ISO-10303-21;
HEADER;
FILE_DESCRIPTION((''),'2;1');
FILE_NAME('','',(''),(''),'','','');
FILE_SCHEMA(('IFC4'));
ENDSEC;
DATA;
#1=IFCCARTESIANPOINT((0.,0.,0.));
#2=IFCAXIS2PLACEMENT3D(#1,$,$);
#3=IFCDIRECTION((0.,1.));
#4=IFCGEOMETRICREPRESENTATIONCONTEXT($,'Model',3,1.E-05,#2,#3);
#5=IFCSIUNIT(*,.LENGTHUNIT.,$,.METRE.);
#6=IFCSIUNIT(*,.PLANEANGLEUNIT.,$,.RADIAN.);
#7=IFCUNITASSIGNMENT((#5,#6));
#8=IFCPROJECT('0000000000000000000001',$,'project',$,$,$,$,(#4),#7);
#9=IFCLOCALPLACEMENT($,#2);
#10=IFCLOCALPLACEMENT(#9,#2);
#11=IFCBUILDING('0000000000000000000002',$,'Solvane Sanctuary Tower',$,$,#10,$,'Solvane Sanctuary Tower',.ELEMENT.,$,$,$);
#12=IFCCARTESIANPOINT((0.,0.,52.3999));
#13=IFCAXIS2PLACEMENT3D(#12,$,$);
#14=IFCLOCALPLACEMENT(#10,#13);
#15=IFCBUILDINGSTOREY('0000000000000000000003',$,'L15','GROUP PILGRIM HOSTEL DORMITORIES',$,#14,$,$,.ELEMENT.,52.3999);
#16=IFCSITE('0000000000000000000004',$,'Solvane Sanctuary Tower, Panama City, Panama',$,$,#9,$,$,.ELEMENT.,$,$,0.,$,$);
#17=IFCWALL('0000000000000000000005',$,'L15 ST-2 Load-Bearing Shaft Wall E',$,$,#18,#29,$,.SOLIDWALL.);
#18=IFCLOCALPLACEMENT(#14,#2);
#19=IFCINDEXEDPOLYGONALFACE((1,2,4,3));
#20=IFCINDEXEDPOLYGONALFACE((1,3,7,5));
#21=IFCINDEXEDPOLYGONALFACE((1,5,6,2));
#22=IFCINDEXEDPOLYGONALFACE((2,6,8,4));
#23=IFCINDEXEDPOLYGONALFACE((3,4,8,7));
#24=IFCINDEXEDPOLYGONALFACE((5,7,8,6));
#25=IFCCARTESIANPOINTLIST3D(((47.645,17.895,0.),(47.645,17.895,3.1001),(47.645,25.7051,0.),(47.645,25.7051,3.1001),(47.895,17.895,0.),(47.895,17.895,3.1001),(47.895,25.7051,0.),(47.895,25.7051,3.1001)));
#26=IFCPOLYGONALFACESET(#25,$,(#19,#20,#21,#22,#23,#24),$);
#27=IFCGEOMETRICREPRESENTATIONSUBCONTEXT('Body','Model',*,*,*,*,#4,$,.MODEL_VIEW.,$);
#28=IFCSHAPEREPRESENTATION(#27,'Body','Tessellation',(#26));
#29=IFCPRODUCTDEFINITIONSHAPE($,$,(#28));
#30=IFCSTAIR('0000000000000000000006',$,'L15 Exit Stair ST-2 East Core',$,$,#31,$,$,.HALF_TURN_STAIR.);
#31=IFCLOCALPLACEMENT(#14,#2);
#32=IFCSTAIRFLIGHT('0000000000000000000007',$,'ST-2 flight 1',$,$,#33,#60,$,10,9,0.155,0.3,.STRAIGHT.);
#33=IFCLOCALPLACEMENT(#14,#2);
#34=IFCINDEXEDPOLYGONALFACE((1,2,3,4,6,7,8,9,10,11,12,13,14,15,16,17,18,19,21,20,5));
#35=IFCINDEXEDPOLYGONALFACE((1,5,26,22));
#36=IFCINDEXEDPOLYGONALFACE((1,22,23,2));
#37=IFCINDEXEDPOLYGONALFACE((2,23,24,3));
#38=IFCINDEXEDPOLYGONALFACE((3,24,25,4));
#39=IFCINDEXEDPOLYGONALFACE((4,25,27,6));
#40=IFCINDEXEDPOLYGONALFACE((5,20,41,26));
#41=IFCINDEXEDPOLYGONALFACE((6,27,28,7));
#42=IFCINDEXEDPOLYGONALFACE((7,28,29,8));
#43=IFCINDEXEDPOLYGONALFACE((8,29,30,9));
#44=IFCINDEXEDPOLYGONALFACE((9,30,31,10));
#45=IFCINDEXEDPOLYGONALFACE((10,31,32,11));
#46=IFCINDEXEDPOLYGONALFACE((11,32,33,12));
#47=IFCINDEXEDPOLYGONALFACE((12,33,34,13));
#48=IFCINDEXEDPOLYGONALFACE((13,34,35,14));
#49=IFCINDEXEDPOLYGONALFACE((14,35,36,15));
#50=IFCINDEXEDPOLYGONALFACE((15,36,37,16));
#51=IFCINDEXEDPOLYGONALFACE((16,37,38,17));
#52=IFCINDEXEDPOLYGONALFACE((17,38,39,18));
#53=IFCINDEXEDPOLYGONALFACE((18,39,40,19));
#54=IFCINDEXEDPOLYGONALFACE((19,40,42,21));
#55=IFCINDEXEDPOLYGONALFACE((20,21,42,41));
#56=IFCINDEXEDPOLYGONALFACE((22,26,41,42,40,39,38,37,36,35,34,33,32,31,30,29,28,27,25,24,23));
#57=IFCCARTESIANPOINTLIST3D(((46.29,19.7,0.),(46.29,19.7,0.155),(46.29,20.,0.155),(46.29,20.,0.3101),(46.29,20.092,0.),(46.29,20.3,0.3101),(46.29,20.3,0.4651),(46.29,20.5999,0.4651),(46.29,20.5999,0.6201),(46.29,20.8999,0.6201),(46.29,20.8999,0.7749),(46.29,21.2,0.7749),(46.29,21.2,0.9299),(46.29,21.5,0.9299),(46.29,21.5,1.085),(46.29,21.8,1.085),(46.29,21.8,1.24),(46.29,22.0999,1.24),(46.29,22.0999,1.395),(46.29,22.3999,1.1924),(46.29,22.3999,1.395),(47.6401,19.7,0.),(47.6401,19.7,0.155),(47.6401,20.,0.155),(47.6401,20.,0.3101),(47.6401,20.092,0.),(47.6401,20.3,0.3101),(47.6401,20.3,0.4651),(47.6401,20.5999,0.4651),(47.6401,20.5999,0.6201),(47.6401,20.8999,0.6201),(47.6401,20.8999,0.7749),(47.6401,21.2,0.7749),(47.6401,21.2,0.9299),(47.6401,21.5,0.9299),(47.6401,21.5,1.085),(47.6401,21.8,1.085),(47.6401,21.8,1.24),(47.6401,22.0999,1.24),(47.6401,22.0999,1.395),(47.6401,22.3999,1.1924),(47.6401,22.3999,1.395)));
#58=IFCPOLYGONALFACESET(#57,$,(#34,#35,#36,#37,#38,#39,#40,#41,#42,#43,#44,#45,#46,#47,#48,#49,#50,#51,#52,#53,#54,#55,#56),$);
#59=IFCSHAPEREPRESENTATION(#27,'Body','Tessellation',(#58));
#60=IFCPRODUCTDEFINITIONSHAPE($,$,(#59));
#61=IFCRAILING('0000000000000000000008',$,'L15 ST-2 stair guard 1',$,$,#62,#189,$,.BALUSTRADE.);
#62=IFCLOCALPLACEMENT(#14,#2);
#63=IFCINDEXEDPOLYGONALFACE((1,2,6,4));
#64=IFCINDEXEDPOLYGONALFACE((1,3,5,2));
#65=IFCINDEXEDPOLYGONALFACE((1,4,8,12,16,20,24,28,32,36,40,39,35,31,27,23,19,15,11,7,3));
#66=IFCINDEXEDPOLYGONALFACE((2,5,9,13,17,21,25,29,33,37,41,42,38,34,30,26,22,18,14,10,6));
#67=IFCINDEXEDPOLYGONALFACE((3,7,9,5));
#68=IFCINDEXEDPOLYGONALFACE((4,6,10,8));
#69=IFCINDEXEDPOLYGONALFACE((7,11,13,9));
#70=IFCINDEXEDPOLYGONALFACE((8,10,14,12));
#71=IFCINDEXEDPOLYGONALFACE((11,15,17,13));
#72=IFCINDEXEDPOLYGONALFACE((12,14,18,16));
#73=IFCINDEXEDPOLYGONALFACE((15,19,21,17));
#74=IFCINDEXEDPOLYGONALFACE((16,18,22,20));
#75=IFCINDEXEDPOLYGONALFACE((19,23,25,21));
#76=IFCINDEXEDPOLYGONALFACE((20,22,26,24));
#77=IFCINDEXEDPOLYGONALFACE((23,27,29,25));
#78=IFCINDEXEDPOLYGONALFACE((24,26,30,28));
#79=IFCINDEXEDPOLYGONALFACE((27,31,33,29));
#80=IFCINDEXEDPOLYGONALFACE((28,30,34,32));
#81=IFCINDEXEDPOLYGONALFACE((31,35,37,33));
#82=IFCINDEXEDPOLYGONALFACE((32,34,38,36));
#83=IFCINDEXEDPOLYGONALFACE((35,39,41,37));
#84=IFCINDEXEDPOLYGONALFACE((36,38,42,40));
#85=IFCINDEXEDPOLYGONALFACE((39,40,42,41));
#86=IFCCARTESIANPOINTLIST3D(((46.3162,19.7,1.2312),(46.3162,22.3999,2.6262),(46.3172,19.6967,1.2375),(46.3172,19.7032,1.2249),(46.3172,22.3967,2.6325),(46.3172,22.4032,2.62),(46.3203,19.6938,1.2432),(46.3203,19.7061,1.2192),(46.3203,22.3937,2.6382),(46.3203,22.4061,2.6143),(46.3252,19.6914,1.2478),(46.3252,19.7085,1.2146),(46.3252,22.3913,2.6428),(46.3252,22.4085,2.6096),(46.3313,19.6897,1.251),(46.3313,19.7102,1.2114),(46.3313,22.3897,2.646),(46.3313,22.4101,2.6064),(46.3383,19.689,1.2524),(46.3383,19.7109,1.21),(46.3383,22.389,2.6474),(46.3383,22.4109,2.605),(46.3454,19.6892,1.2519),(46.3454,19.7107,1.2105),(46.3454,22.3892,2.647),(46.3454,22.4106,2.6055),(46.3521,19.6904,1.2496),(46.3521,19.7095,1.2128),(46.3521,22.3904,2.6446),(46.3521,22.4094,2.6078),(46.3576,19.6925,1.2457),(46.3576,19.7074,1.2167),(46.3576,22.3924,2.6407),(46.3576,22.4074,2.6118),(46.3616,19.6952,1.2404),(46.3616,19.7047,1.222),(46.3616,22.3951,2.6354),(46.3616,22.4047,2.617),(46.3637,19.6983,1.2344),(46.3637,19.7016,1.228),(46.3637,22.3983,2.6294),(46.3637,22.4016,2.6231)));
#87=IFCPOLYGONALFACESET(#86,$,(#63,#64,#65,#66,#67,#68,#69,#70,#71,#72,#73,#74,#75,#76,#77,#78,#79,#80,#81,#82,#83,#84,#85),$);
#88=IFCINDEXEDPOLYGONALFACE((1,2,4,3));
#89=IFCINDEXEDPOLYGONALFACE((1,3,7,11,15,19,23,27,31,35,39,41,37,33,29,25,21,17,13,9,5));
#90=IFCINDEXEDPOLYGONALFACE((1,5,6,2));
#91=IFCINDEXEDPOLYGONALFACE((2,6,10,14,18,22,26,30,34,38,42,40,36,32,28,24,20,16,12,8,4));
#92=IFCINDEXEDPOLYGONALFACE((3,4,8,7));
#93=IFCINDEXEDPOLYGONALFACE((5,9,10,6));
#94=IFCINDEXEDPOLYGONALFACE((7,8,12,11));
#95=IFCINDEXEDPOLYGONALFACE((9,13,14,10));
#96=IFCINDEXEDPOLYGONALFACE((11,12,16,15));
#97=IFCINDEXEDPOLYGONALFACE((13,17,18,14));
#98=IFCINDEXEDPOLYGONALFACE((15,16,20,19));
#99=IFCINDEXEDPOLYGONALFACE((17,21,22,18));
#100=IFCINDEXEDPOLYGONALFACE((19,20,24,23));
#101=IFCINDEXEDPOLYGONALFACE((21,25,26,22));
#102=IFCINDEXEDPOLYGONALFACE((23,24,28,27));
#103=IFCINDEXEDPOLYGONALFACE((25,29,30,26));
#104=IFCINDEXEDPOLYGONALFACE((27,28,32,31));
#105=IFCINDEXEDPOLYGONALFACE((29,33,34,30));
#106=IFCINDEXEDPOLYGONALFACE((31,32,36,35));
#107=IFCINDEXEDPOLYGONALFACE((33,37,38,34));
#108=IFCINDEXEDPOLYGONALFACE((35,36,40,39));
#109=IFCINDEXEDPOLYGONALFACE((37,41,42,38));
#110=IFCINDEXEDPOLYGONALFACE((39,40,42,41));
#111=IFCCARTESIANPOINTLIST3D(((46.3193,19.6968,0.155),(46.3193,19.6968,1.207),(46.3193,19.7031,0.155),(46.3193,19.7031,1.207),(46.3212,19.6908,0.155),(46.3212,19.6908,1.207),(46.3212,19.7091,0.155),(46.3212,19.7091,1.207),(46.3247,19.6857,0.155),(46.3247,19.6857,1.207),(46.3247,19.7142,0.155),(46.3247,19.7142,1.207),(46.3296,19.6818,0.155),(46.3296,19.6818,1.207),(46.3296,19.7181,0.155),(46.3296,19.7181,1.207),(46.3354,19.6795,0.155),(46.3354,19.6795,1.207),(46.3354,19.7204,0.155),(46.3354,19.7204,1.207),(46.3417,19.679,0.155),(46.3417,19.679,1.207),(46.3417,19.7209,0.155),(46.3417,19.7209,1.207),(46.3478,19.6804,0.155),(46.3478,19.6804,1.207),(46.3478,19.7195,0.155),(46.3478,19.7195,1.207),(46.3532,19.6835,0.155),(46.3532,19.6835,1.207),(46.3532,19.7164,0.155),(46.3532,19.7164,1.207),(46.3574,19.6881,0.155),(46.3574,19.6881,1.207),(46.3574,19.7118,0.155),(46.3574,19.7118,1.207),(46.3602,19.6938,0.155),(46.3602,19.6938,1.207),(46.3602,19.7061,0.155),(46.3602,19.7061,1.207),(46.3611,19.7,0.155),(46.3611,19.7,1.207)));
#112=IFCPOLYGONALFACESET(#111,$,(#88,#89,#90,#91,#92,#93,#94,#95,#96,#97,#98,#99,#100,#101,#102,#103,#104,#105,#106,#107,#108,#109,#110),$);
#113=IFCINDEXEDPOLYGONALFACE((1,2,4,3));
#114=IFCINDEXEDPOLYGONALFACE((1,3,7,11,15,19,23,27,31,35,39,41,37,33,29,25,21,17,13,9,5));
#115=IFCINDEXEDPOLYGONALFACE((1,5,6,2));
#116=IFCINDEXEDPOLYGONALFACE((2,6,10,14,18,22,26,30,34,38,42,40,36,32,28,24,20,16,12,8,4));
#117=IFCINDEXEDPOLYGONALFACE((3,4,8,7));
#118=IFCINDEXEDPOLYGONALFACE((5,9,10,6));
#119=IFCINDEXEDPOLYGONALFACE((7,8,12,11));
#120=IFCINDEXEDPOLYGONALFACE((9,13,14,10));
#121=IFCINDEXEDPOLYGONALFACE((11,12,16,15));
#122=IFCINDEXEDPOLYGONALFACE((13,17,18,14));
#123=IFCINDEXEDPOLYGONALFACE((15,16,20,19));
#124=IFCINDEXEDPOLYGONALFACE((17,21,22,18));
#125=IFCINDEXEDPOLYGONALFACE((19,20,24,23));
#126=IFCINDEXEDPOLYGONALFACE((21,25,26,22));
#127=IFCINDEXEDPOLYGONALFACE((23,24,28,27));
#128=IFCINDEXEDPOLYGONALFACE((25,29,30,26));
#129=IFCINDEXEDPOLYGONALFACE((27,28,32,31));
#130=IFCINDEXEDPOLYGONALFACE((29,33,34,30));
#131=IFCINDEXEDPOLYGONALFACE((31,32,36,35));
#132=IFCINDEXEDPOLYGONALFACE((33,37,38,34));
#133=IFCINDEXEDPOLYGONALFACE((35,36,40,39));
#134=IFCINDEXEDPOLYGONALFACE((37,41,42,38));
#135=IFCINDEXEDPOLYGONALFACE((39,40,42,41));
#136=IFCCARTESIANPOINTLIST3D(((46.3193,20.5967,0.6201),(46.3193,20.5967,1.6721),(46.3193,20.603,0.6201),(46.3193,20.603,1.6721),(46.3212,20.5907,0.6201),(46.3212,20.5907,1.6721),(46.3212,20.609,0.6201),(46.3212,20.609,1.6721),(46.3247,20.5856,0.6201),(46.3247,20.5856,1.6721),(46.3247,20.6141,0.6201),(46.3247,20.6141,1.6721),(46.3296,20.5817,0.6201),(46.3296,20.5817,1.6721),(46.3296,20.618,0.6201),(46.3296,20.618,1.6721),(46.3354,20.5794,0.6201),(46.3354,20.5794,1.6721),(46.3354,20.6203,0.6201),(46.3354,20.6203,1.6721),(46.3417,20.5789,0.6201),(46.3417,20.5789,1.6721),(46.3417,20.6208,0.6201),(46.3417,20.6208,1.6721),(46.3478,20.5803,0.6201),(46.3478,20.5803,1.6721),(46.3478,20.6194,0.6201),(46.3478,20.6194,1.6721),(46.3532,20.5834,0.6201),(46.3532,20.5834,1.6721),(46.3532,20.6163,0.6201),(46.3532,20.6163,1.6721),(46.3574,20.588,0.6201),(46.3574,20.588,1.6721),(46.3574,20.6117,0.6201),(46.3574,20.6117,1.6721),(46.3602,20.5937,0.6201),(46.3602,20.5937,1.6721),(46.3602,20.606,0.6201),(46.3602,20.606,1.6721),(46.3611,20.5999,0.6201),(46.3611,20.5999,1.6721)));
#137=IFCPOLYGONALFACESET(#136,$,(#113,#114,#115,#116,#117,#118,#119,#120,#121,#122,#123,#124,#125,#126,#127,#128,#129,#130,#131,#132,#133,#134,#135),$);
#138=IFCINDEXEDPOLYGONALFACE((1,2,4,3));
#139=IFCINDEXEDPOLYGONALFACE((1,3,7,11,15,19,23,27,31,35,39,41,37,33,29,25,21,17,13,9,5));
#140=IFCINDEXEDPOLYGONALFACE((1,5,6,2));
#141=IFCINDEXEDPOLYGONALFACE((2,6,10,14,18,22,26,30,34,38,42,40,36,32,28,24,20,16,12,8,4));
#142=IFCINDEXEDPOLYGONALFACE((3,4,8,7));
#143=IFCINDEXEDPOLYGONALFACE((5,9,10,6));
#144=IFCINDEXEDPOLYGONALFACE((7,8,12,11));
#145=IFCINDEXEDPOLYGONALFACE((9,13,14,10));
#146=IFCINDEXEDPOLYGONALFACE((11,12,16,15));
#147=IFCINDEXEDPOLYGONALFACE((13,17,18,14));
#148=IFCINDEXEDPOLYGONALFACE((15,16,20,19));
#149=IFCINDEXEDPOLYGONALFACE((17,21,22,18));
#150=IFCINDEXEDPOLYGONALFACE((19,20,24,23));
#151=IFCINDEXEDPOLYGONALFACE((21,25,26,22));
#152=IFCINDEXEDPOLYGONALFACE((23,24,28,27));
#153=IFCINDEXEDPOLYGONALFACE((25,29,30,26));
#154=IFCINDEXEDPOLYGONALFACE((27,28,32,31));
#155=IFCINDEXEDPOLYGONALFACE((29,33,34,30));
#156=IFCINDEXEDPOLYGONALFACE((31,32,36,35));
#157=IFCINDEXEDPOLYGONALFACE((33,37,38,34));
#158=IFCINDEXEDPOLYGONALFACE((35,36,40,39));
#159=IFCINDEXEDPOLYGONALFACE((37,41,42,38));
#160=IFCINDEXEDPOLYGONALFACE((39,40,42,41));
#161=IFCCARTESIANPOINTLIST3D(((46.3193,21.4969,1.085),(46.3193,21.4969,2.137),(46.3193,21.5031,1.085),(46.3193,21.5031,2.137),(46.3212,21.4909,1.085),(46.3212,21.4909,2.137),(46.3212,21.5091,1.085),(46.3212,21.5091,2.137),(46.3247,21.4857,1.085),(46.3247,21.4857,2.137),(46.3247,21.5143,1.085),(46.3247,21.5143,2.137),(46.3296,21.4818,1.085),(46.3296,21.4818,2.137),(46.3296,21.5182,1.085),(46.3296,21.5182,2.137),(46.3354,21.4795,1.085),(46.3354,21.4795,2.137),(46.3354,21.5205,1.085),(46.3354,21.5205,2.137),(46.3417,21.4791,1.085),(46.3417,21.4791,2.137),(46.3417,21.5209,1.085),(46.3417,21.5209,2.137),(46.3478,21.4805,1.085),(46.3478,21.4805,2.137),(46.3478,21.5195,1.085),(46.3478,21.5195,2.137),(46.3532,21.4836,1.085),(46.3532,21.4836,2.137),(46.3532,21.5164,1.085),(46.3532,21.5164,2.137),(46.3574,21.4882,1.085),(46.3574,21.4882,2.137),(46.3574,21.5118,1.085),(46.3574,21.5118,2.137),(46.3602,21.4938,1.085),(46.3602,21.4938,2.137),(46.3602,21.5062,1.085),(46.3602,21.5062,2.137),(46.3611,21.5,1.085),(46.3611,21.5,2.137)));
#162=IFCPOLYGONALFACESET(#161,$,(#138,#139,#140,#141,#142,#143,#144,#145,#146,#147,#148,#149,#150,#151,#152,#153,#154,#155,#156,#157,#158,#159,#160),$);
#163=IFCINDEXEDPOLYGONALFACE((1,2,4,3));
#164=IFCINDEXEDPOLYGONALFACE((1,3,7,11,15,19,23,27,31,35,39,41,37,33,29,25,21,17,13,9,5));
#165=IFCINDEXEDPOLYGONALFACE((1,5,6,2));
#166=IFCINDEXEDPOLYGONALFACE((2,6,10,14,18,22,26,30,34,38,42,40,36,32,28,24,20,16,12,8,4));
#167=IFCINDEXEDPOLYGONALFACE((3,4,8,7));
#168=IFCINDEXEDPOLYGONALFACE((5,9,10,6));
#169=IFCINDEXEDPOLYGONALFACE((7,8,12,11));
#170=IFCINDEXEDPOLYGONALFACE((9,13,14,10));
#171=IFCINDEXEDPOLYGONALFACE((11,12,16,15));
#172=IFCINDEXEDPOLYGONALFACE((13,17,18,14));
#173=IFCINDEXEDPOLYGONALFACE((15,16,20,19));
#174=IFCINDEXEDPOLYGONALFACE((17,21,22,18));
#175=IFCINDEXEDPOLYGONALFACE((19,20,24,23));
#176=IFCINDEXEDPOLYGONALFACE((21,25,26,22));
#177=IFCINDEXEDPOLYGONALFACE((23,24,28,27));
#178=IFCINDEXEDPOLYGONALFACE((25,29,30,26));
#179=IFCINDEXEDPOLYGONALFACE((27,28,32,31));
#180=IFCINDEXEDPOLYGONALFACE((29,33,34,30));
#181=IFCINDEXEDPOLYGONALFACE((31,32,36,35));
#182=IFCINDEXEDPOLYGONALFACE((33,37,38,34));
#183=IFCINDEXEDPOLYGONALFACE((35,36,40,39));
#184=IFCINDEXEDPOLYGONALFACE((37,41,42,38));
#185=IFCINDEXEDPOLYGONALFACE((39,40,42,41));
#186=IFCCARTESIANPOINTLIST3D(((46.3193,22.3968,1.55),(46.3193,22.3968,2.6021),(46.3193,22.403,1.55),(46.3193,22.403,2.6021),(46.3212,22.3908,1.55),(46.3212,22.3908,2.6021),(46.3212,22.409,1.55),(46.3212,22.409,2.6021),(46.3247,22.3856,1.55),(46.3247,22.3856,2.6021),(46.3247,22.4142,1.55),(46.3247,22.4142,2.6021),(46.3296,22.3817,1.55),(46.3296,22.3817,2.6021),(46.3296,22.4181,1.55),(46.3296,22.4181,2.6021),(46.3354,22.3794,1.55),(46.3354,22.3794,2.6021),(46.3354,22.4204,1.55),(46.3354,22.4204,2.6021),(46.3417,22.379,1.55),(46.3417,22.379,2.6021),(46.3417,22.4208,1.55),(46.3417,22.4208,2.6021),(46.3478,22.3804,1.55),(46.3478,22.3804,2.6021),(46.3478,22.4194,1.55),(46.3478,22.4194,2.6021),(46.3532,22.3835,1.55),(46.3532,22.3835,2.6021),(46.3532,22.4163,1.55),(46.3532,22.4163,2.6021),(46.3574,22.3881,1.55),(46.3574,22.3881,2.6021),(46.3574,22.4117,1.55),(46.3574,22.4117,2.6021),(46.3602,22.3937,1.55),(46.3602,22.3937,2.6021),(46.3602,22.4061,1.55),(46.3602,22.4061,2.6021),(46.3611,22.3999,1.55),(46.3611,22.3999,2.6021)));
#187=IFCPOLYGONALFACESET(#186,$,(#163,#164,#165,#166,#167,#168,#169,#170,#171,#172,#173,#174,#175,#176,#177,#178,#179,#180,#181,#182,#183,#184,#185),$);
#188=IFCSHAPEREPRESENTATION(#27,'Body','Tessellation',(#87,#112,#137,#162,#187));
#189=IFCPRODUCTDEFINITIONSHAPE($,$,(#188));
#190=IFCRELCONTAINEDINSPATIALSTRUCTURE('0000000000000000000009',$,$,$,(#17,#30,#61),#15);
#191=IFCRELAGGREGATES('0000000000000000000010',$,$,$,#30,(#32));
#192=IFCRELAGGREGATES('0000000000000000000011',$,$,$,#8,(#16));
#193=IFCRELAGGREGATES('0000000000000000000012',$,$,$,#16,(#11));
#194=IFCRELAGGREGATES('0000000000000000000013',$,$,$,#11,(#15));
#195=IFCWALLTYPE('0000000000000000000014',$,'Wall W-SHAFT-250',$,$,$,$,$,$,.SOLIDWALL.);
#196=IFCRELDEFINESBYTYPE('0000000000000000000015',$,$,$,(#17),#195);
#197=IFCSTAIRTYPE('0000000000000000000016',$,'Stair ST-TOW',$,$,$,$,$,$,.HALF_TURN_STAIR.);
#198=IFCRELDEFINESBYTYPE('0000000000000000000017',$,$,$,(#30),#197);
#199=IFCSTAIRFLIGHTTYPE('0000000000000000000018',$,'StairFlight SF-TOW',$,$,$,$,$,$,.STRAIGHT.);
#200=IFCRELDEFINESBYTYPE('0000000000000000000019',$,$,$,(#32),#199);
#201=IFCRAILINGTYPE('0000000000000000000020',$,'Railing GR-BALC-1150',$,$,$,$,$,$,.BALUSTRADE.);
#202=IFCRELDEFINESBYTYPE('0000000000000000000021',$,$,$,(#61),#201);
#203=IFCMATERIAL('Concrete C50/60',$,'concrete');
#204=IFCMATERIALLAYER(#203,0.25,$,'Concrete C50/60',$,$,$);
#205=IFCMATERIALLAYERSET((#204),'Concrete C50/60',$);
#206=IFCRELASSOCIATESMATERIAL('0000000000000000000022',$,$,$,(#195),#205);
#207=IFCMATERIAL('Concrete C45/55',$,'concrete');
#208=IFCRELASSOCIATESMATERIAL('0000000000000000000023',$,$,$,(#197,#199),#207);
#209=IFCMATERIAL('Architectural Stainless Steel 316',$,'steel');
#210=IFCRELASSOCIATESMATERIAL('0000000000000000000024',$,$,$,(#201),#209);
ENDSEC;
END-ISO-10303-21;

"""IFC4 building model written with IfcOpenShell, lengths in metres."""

from ifc_helpers import new_model, si_unit, direction, frame, frame_2d, origin, origin_2d, place, context, subcontext, project, spatial, polyline, rectangle, circle, outline, extrude, material, layer, layer_set, type_object, element, aggregate, save


model = new_model("IFC4")

# Units and contexts
model_context = context("Model", 3, precision=1e-05, world=origin(), true_north=direction((0.0, 1.0)))
body_context = subcontext(model_context, "Body", "Model", "MODEL_VIEW")
ifc_project = project(units=[si_unit("LENGTHUNIT", "METRE"), si_unit("PLANEANGLEUNIT", "RADIAN")], contexts=[model_context])

# Site, building, storey
site_placement = place(None, origin())
site = spatial("IfcSite", under=ifc_project, at=site_placement, Name="Solvane Sanctuary Tower, Panama City, Panama", CompositionType="ELEMENT", RefElevation=0.0)
building_placement = place(site_placement, origin())
building = spatial("IfcBuilding", under=site, at=building_placement, Name="Solvane Sanctuary Tower", LongName="Solvane Sanctuary Tower", CompositionType="ELEMENT")
storey_placement = place(building_placement, frame((0.0, 0.0, 52.3999)))
storey = spatial("IfcBuildingStorey", under=building, at=storey_placement, Name="L15", Description="GROUP PILGRIM HOSTEL DORMITORIES", CompositionType="ELEMENT", Elevation=52.3999)

# Shared definitions
ifc_material_1 = material(Name="Concrete C50/60", Category="concrete")
ifc_material_2 = material(Name="Architectural Stainless Steel 316", Category="steel")

# Shared definitions
ifc_layer_1 = layer(ifc_material_1, 0.25, Name="Concrete C50/60")
ifc_layer_set_1 = layer_set([ifc_layer_1], Name="Concrete C50/60")
wall_type_1 = type_object("IfcWallType", Name="Wall W-SHAFT-250", PredefinedType="SOLIDWALL", material=ifc_layer_set_1)

# Wall
for number, where, z_axis, x_axis, name in (
    (1, (47.77, 17.895, 0.0), (0.0, 0.0, 1.0), (0.0, 1.0, 0.0), "L15 ST-2 Load-Bearing Shaft Wall E"),
):
    element("IfcWall", number, at=place(storey_placement, frame(where, z_axis=z_axis, x_axis=x_axis)), inside=storey, type_object=wall_type_1, Name=name, PredefinedType="SOLIDWALL", context=body_context, shape_type="SweptSolid", body=[
        extrude(rectangle(XDim=7.8101, YDim=0.25, at=frame_2d((3.905, 0.0))), origin(), (0.0, 0.0, 1.0), 3.1001),
    ])

# Stair, stair flight
ifc_material_3 = material(Name="Concrete C45/55", Category="concrete")
stair_type = type_object("IfcStairType", Name="Stair ST-TOW", PredefinedType="HALF_TURN_STAIR", material=ifc_material_3)
stair_placement = place(storey_placement, origin())
stair = element("IfcStair", 2, at=stair_placement, inside=storey, type_object=stair_type, Name="L15 Exit Stair ST-2 East Core", PredefinedType="HALF_TURN_STAIR")
stair_flight_type = type_object("IfcStairFlightType", Name="StairFlight SF-TOW", PredefinedType="STRAIGHT", material=ifc_material_3)
stair_flight_placement = place(storey_placement, frame((46.9651, 19.7, 0.0), z_axis=(0.0, 0.0, 1.0), x_axis=(0.0, 1.0, 0.0)))
stair_flight = element("IfcStairFlight", 3, at=stair_flight_placement, type_object=stair_flight_type, Name="ST-2 flight 1", NumberOfRisers=10, NumberOfTreads=9, PredefinedType="STRAIGHT", RiserHeight=0.155, TreadLength=0.3, context=body_context, shape_type="SweptSolid", body=[
    extrude(outline(polyline([(0.0, 0.0), (0.0, 0.155), (0.3, 0.155), (0.3, 0.3101), (0.6001, 0.3101), (0.6001, 0.4651), (0.8999, 0.4651), (0.8999, 0.6201), (1.2, 0.6201), (1.2, 0.7749), (1.5, 0.7749), (1.5, 0.9299), (1.8, 0.9299), (1.8, 1.085), (2.1001, 1.085), (2.1001, 1.24), (2.3999, 1.24), (2.3999, 1.395), (2.7, 1.395), (2.7, 1.55), (2.7, 1.1924), (0.3921, 0.0), (0.0, 0.0)])), frame((0.0, 0.675, 0.0), z_axis=(0.0, -1.0, 0.0), x_axis=(1.0, 0.0, 0.0)), (0.0, 0.0, 1.0), 1.3501),
])
aggregate(stair, [stair_flight])

# Railing
railing_type_1 = type_object("IfcRailingType", Name="Railing GR-BALC-1150", PredefinedType="BALUSTRADE", material=ifc_material_2)
railing_1_placement = place(storey_placement, frame((46.3401, 19.7, 0.155)))
element("IfcRailing", 4, at=railing_1_placement, inside=storey, type_object=railing_type_1, Name="L15 ST-2 stair guard 1", PredefinedType="BALUSTRADE", context=body_context, shape_type="SweptSolid", body=[
    extrude(circle(Radius=0.0239, at=origin_2d()), frame((0.0, 0.0, 1.0762), z_axis=(0.0, 0.88842, 0.459032), x_axis=(-1.0, 0.0, 0.0)), (0.0, 0.0, 1.0), 3.0391),
    extrude(circle(Radius=0.021, at=origin_2d()), origin(), (0.0, 0.0, 1.0), 1.052),
    extrude(circle(Radius=0.021, at=origin_2d()), frame((0.0, 0.8999, 0.4651)), (0.0, 0.0, 1.0), 1.052),
    extrude(circle(Radius=0.021, at=origin_2d()), frame((0.0, 1.8, 0.9299)), (0.0, 0.0, 1.0), 1.052),
    extrude(circle(Radius=0.021, at=origin_2d()), frame((0.0, 2.7, 1.395)), (0.0, 0.0, 1.0), 1.052),
])

save(model, "model.ifc")
